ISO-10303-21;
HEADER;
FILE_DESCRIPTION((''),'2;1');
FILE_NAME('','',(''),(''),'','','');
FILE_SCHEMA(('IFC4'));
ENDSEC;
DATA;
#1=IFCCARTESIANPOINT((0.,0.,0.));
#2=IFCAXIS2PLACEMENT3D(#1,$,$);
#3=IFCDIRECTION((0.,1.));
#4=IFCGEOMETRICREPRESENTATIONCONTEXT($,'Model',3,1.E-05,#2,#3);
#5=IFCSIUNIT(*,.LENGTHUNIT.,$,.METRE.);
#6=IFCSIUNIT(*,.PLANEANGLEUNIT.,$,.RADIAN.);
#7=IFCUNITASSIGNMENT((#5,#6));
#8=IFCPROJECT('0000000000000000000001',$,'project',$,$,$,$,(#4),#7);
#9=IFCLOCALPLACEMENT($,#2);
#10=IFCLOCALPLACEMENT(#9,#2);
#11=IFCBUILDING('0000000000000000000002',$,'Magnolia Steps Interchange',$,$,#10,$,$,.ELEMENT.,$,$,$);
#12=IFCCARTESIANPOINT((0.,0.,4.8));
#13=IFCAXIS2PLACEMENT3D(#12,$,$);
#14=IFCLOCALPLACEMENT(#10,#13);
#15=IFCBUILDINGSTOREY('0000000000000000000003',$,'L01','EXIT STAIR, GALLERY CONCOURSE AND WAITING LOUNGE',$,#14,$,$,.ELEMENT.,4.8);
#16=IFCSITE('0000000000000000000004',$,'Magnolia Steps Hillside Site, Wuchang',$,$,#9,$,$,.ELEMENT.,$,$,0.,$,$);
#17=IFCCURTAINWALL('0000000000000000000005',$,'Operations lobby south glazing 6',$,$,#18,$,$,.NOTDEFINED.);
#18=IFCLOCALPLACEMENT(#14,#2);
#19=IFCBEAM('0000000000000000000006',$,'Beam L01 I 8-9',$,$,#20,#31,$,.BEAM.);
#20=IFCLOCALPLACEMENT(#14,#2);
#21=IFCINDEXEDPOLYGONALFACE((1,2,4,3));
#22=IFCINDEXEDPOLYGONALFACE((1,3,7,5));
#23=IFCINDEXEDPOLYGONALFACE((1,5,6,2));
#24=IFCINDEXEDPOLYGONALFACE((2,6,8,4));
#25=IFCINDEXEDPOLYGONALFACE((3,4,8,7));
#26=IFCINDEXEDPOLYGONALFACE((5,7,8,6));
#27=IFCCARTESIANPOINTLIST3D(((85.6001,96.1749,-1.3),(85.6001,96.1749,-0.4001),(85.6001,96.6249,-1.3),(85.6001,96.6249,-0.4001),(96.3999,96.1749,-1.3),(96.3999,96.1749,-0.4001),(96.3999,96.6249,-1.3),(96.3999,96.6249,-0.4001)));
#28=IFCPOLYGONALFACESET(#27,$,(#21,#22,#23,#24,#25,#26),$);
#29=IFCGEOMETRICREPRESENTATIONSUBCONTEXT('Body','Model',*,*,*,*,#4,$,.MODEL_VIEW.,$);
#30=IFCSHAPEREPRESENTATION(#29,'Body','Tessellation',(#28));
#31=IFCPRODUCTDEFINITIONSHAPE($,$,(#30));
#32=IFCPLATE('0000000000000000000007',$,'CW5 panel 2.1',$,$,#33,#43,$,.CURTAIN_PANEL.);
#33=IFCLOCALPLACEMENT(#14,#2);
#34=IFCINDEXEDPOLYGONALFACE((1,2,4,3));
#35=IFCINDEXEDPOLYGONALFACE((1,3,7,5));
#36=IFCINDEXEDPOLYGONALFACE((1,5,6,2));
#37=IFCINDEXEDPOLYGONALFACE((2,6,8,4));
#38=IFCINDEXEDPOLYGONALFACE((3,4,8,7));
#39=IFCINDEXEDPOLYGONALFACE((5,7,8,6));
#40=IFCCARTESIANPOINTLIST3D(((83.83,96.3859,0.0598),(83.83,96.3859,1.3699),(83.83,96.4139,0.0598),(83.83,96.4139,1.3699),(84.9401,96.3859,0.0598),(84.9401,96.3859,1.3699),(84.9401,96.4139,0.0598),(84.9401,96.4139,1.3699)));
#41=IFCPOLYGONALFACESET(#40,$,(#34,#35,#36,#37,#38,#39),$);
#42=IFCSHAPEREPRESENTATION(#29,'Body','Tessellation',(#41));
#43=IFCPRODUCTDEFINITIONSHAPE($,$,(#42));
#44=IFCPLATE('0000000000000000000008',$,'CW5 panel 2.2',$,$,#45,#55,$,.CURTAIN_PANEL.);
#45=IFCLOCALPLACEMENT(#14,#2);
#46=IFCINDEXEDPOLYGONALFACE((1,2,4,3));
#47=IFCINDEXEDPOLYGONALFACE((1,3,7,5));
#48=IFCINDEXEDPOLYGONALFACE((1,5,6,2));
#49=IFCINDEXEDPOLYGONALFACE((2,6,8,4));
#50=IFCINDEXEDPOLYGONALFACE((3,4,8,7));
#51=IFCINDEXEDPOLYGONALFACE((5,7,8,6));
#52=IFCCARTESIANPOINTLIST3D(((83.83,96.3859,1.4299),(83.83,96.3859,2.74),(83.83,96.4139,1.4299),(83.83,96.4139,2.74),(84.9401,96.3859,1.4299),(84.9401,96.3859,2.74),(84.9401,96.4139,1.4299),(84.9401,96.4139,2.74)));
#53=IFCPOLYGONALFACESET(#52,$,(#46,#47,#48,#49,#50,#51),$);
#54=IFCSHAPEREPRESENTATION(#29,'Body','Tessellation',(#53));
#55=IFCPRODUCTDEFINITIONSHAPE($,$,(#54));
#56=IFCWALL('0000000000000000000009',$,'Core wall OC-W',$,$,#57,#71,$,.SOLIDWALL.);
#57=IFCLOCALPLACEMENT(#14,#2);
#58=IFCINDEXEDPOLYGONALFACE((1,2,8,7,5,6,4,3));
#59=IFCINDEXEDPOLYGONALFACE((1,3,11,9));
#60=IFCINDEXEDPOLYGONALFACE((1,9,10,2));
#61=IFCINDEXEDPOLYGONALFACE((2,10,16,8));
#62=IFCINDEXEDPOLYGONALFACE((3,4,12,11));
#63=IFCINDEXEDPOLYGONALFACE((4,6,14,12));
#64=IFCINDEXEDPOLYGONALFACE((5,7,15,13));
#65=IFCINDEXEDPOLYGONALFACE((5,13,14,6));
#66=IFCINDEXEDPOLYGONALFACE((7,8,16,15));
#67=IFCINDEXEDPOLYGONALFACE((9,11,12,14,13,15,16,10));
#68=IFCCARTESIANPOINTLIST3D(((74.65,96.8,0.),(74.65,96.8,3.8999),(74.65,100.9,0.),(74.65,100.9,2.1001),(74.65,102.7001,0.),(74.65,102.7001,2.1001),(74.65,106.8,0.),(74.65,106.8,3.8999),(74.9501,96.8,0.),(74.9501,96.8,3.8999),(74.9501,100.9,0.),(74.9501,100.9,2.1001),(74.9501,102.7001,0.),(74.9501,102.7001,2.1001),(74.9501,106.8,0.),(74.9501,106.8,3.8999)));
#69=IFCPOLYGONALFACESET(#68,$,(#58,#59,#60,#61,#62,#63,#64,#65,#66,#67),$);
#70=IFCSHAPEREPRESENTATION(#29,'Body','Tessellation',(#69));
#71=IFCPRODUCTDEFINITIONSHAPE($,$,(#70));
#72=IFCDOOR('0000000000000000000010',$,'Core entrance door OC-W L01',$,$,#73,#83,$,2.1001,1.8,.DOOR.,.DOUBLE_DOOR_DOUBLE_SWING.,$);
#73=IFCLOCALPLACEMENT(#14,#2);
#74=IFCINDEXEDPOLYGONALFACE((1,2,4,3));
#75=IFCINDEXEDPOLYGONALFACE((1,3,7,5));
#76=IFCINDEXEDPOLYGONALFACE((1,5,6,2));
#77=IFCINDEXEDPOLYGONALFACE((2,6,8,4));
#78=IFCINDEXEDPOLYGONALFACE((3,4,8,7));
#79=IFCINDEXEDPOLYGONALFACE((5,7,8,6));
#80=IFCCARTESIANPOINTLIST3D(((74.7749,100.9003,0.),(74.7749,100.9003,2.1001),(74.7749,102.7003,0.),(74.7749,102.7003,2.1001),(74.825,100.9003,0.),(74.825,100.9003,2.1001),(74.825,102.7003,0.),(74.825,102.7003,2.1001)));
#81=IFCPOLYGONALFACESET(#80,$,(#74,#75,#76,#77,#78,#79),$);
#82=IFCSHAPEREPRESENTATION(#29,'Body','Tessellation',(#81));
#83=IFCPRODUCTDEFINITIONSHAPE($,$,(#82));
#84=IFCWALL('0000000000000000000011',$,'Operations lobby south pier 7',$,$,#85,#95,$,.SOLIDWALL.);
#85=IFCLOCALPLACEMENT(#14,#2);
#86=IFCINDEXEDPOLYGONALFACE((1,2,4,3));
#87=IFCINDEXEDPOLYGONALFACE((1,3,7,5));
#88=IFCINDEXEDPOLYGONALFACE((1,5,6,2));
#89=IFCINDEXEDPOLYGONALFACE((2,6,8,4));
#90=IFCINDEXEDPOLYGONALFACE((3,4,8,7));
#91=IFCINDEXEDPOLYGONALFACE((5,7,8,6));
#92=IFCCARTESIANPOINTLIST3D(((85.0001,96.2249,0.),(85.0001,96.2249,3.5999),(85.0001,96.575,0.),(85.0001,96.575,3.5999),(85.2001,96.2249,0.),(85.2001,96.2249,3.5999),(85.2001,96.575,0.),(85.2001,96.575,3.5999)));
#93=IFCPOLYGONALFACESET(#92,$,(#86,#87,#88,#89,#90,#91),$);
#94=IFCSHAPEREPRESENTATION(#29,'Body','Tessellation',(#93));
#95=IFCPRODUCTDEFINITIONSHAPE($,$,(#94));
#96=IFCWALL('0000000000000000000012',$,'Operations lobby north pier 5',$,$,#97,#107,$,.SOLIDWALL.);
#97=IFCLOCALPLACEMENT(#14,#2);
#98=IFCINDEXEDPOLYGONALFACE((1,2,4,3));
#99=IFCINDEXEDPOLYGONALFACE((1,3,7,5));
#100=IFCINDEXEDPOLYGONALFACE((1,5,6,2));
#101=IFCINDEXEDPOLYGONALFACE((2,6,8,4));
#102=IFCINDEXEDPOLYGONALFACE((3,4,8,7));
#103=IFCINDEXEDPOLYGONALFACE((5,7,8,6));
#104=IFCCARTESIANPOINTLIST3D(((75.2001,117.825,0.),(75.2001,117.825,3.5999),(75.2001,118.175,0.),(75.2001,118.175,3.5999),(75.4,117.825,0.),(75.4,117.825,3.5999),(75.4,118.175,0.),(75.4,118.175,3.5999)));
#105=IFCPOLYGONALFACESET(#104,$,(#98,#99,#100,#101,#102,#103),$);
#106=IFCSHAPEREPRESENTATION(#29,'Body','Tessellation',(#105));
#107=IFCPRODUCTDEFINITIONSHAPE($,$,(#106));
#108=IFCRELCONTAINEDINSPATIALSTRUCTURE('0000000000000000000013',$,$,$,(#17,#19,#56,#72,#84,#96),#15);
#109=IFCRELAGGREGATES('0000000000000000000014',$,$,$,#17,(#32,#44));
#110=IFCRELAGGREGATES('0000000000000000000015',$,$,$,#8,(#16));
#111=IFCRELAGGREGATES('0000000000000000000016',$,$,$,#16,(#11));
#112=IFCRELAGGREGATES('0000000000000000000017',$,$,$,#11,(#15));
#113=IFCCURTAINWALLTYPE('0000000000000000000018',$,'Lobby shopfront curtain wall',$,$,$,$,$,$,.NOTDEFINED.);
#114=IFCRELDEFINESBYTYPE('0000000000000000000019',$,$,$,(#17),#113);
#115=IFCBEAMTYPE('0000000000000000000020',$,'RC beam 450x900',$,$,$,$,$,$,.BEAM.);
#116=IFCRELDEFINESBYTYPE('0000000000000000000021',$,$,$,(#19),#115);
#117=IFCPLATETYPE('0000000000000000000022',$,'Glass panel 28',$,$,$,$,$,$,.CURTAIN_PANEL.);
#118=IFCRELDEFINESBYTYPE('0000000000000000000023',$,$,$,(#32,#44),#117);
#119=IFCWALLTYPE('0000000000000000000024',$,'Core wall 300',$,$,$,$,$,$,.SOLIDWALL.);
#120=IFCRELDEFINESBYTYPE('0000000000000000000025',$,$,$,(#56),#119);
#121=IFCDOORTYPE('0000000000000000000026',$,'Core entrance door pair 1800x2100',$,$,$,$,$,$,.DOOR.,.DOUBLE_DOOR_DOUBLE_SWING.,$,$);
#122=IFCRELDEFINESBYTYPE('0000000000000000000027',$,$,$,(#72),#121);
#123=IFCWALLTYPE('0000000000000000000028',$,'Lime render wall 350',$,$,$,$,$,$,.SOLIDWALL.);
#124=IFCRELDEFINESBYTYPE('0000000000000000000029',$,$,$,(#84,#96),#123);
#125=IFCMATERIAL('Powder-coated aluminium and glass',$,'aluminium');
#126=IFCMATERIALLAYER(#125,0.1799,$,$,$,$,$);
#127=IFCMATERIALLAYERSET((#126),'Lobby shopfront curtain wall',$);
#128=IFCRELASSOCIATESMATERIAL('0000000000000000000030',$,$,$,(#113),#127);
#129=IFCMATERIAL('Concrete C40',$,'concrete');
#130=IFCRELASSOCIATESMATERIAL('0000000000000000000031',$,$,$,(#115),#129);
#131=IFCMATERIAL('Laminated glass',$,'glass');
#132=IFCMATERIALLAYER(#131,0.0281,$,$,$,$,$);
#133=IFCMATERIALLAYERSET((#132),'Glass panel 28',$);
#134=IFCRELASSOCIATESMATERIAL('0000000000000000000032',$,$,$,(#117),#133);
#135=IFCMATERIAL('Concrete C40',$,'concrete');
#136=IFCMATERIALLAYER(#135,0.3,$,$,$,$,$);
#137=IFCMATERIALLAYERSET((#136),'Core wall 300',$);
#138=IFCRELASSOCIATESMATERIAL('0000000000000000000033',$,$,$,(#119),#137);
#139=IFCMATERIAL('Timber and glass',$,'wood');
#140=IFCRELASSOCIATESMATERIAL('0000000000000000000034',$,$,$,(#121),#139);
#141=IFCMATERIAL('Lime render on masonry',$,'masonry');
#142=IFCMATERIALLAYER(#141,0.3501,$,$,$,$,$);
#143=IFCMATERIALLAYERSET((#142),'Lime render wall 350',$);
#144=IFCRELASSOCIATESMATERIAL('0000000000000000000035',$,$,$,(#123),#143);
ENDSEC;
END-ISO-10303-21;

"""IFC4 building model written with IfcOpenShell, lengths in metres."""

from ifc_helpers import new_model, si_unit, direction, frame, frame_2d, origin, origin_2d, place, context, subcontext, project, spatial, rectangle, extrude, material, layer, layer_set, material_profile, profile_set, type_object, element, fill, aggregate, save


model = new_model("IFC4")

# Units and contexts
model_context = context("Model", 3, precision=1e-05, world=origin(), true_north=direction((0.0, 1.0)))
body_context = subcontext(model_context, "Body", "Model", "MODEL_VIEW")
ifc_project = project(units=[si_unit("LENGTHUNIT", "METRE"), si_unit("PLANEANGLEUNIT", "RADIAN")], contexts=[model_context])

# Site, building, storey
site_placement = place(None, origin())
site = spatial("IfcSite", under=ifc_project, at=site_placement, Name="Magnolia Steps Hillside Site, Wuchang", CompositionType="ELEMENT", RefElevation=0.0)
building_placement = place(site_placement, origin())
building = spatial("IfcBuilding", under=site, at=building_placement, Name="Magnolia Steps Interchange", CompositionType="ELEMENT")
storey_placement = place(building_placement, frame((0.0, 0.0, 4.8)))
storey = spatial("IfcBuildingStorey", under=building, at=storey_placement, Name="L01", Description="EXIT STAIR, GALLERY CONCOURSE AND WAITING LOUNGE", CompositionType="ELEMENT", Elevation=4.8)

# Curtain wall
ifc_material_1 = material(Name="Powder-coated aluminium and glass", Category="aluminium")
ifc_layer_1 = layer(ifc_material_1, 0.1799)
ifc_layer_set_1 = layer_set([ifc_layer_1], Name="Lobby shopfront curtain wall")
curtain_wall_type = type_object("IfcCurtainWallType", Name="Lobby shopfront curtain wall", PredefinedType="NOTDEFINED", material=ifc_layer_set_1)
curtain_wall_placement = place(storey_placement, origin())
curtain_wall = element("IfcCurtainWall", 1, at=curtain_wall_placement, inside=storey, type_object=curtain_wall_type, Name="Operations lobby south glazing 6", PredefinedType="NOTDEFINED")

# Beam
ifc_material_2 = material(Name="Concrete C40", Category="concrete")
ifc_material_profile_1 = material_profile(ifc_material_2, rectangle(XDim=0.45, YDim=0.8999, at=origin_2d()), Name="RC450x900")
ifc_profile_set_1 = profile_set([ifc_material_profile_1], Name="Concrete C40")
beam_type_1 = type_object("IfcBeamType", Name="RC beam 450x900", PredefinedType="BEAM", material=ifc_profile_set_1)
beam_1_placement = place(storey_placement, frame((85.6001, 96.3999, -0.8501), z_axis=(1.0, 0.0, 0.0), x_axis=(0.0, 1.0, 0.0)))
element("IfcBeam", 2, at=beam_1_placement, inside=storey, type_object=beam_type_1, Name="Beam L01 I 8-9", PredefinedType="BEAM", context=body_context, shape_type="SweptSolid", body=[
    extrude(rectangle(XDim=0.45, YDim=0.8999, at=origin_2d()), origin(), (0.0, 0.0, 1.0), 10.7998),
])

# Plates
ifc_material_3 = material(Name="Laminated glass", Category="glass")
ifc_layer_2 = layer(ifc_material_3, 0.0281)
ifc_layer_set_2 = layer_set([ifc_layer_2], Name="Glass panel 28")
plate_type = type_object("IfcPlateType", Name="Glass panel 28", PredefinedType="CURTAIN_PANEL", material=ifc_layer_set_2)
plate_1_placement = place(storey_placement, frame((84.385, 96.3999, 0.0598), z_axis=(0.0, 0.0, 1.0), x_axis=(1.0, 0.0, 0.0)))
plate_1 = element("IfcPlate", 3, at=plate_1_placement, type_object=plate_type, Name="CW5 panel 2.1", PredefinedType="CURTAIN_PANEL", context=body_context, shape_type="SweptSolid", body=[
    extrude(rectangle(XDim=1.1101, YDim=0.0281, at=origin_2d()), origin(), (0.0, 0.0, 1.0), 1.3101),
])
plate_2_placement = place(storey_placement, frame((84.385, 96.3999, 1.4299), z_axis=(0.0, 0.0, 1.0), x_axis=(1.0, 0.0, 0.0)))
plate_2 = element("IfcPlate", 4, at=plate_2_placement, type_object=plate_type, Name="CW5 panel 2.2", PredefinedType="CURTAIN_PANEL", context=body_context, shape_type="SweptSolid", body=[
    extrude(rectangle(XDim=1.1101, YDim=0.0281, at=origin_2d()), origin(), (0.0, 0.0, 1.0), 1.3101),
])
aggregate(curtain_wall, [plate_1, plate_2])

# Wall, opening, door
ifc_material_4 = material(Name="Concrete C40", Category="concrete")
ifc_layer_3 = layer(ifc_material_4, 0.3)
ifc_layer_set_3 = layer_set([ifc_layer_3], Name="Core wall 300")
wall_type_1 = type_object("IfcWallType", Name="Core wall 300", PredefinedType="SOLIDWALL", material=ifc_layer_set_3)
wall_placement = place(storey_placement, frame((74.8, 96.8, 0.0), z_axis=(0.0, 0.0, 1.0), x_axis=(0.0, 1.0, 0.0)))
wall = element("IfcWall", 5, at=wall_placement, inside=storey, type_object=wall_type_1, Name="Core wall OC-W", PredefinedType="SOLIDWALL", context=body_context, shape_type="SweptSolid", body=[
    extrude(rectangle(XDim=10.0, YDim=0.3, at=frame_2d((5.0, 0.0))), origin(), (0.0, 0.0, 1.0), 3.8999),
])
opening_placement = place(wall_placement, frame((4.1001, 0.0, 0.0)))
opening = element("IfcOpeningElement", 6, at=opening_placement, cuts=wall, PredefinedType="OPENING", context=body_context, shape_type="SweptSolid", body=[
    extrude(rectangle(XDim=1.8, YDim=2.1001, at=frame_2d((0.8999, 1.05))), frame((0.0, 0.1599, 0.0), z_axis=(0.0, -1.0, 0.0), x_axis=(1.0, 0.0, 0.0)), (0.0, 0.0, 1.0), 0.3201),
])
ifc_material_5 = material(Name="Timber and glass", Category="wood")
door_type = type_object("IfcDoorType", Name="Core entrance door pair 1800x2100", OperationType="DOUBLE_DOOR_DOUBLE_SWING", PredefinedType="DOOR", material=ifc_material_5)
door_placement = place(opening_placement, frame((1.8, 0.0, 0.0), z_axis=(0.0, 0.0, 1.0), x_axis=(-1.0, 0.0, 0.0)))
door = element("IfcDoor", 7, at=door_placement, inside=storey, type_object=door_type, Name="Core entrance door OC-W L01", OperationType="DOUBLE_DOOR_DOUBLE_SWING", OverallHeight=2.1001, OverallWidth=1.8, PredefinedType="DOOR", context=body_context, shape_type="SweptSolid", body=[
    extrude(rectangle(XDim=1.8, YDim=2.1001, at=frame_2d((0.8999, 1.05))), frame((0.0, 0.0249, 0.0), z_axis=(0.0, -1.0, 0.0), x_axis=(1.0, 0.0, 0.0)), (0.0, 0.0, 1.0), 0.05),
])
fill(opening, door)

# Walls
ifc_material_6 = material(Name="Lime render on masonry", Category="masonry")
ifc_layer_4 = layer(ifc_material_6, 0.3501)
ifc_layer_set_4 = layer_set([ifc_layer_4], Name="Lime render wall 350")
wall_type_2 = type_object("IfcWallType", Name="Lime render wall 350", PredefinedType="SOLIDWALL", material=ifc_layer_set_4)
for number, where, z_axis, x_axis, name in (
    (8, (85.0, 96.3999, 0.0), (0.0, 0.0, 1.0), (1.0, 0.0, 0.0), "Operations lobby south pier 7"),
    (9, (75.2, 118.0, 0.0), (0.0, 0.0, 1.0), (1.0, 0.0, 0.0), "Operations lobby north pier 5"),
):
    element("IfcWall", number, at=place(storey_placement, frame(where, z_axis=z_axis, x_axis=x_axis)), inside=storey, type_object=wall_type_2, Name=name, PredefinedType="SOLIDWALL", context=body_context, shape_type="SweptSolid", body=[
        extrude(rectangle(XDim=0.2, YDim=0.3501, at=frame_2d((0.1001, 0.0))), origin(), (0.0, 0.0, 1.0), 3.5999),
    ])

save(model, "model.ifc")
